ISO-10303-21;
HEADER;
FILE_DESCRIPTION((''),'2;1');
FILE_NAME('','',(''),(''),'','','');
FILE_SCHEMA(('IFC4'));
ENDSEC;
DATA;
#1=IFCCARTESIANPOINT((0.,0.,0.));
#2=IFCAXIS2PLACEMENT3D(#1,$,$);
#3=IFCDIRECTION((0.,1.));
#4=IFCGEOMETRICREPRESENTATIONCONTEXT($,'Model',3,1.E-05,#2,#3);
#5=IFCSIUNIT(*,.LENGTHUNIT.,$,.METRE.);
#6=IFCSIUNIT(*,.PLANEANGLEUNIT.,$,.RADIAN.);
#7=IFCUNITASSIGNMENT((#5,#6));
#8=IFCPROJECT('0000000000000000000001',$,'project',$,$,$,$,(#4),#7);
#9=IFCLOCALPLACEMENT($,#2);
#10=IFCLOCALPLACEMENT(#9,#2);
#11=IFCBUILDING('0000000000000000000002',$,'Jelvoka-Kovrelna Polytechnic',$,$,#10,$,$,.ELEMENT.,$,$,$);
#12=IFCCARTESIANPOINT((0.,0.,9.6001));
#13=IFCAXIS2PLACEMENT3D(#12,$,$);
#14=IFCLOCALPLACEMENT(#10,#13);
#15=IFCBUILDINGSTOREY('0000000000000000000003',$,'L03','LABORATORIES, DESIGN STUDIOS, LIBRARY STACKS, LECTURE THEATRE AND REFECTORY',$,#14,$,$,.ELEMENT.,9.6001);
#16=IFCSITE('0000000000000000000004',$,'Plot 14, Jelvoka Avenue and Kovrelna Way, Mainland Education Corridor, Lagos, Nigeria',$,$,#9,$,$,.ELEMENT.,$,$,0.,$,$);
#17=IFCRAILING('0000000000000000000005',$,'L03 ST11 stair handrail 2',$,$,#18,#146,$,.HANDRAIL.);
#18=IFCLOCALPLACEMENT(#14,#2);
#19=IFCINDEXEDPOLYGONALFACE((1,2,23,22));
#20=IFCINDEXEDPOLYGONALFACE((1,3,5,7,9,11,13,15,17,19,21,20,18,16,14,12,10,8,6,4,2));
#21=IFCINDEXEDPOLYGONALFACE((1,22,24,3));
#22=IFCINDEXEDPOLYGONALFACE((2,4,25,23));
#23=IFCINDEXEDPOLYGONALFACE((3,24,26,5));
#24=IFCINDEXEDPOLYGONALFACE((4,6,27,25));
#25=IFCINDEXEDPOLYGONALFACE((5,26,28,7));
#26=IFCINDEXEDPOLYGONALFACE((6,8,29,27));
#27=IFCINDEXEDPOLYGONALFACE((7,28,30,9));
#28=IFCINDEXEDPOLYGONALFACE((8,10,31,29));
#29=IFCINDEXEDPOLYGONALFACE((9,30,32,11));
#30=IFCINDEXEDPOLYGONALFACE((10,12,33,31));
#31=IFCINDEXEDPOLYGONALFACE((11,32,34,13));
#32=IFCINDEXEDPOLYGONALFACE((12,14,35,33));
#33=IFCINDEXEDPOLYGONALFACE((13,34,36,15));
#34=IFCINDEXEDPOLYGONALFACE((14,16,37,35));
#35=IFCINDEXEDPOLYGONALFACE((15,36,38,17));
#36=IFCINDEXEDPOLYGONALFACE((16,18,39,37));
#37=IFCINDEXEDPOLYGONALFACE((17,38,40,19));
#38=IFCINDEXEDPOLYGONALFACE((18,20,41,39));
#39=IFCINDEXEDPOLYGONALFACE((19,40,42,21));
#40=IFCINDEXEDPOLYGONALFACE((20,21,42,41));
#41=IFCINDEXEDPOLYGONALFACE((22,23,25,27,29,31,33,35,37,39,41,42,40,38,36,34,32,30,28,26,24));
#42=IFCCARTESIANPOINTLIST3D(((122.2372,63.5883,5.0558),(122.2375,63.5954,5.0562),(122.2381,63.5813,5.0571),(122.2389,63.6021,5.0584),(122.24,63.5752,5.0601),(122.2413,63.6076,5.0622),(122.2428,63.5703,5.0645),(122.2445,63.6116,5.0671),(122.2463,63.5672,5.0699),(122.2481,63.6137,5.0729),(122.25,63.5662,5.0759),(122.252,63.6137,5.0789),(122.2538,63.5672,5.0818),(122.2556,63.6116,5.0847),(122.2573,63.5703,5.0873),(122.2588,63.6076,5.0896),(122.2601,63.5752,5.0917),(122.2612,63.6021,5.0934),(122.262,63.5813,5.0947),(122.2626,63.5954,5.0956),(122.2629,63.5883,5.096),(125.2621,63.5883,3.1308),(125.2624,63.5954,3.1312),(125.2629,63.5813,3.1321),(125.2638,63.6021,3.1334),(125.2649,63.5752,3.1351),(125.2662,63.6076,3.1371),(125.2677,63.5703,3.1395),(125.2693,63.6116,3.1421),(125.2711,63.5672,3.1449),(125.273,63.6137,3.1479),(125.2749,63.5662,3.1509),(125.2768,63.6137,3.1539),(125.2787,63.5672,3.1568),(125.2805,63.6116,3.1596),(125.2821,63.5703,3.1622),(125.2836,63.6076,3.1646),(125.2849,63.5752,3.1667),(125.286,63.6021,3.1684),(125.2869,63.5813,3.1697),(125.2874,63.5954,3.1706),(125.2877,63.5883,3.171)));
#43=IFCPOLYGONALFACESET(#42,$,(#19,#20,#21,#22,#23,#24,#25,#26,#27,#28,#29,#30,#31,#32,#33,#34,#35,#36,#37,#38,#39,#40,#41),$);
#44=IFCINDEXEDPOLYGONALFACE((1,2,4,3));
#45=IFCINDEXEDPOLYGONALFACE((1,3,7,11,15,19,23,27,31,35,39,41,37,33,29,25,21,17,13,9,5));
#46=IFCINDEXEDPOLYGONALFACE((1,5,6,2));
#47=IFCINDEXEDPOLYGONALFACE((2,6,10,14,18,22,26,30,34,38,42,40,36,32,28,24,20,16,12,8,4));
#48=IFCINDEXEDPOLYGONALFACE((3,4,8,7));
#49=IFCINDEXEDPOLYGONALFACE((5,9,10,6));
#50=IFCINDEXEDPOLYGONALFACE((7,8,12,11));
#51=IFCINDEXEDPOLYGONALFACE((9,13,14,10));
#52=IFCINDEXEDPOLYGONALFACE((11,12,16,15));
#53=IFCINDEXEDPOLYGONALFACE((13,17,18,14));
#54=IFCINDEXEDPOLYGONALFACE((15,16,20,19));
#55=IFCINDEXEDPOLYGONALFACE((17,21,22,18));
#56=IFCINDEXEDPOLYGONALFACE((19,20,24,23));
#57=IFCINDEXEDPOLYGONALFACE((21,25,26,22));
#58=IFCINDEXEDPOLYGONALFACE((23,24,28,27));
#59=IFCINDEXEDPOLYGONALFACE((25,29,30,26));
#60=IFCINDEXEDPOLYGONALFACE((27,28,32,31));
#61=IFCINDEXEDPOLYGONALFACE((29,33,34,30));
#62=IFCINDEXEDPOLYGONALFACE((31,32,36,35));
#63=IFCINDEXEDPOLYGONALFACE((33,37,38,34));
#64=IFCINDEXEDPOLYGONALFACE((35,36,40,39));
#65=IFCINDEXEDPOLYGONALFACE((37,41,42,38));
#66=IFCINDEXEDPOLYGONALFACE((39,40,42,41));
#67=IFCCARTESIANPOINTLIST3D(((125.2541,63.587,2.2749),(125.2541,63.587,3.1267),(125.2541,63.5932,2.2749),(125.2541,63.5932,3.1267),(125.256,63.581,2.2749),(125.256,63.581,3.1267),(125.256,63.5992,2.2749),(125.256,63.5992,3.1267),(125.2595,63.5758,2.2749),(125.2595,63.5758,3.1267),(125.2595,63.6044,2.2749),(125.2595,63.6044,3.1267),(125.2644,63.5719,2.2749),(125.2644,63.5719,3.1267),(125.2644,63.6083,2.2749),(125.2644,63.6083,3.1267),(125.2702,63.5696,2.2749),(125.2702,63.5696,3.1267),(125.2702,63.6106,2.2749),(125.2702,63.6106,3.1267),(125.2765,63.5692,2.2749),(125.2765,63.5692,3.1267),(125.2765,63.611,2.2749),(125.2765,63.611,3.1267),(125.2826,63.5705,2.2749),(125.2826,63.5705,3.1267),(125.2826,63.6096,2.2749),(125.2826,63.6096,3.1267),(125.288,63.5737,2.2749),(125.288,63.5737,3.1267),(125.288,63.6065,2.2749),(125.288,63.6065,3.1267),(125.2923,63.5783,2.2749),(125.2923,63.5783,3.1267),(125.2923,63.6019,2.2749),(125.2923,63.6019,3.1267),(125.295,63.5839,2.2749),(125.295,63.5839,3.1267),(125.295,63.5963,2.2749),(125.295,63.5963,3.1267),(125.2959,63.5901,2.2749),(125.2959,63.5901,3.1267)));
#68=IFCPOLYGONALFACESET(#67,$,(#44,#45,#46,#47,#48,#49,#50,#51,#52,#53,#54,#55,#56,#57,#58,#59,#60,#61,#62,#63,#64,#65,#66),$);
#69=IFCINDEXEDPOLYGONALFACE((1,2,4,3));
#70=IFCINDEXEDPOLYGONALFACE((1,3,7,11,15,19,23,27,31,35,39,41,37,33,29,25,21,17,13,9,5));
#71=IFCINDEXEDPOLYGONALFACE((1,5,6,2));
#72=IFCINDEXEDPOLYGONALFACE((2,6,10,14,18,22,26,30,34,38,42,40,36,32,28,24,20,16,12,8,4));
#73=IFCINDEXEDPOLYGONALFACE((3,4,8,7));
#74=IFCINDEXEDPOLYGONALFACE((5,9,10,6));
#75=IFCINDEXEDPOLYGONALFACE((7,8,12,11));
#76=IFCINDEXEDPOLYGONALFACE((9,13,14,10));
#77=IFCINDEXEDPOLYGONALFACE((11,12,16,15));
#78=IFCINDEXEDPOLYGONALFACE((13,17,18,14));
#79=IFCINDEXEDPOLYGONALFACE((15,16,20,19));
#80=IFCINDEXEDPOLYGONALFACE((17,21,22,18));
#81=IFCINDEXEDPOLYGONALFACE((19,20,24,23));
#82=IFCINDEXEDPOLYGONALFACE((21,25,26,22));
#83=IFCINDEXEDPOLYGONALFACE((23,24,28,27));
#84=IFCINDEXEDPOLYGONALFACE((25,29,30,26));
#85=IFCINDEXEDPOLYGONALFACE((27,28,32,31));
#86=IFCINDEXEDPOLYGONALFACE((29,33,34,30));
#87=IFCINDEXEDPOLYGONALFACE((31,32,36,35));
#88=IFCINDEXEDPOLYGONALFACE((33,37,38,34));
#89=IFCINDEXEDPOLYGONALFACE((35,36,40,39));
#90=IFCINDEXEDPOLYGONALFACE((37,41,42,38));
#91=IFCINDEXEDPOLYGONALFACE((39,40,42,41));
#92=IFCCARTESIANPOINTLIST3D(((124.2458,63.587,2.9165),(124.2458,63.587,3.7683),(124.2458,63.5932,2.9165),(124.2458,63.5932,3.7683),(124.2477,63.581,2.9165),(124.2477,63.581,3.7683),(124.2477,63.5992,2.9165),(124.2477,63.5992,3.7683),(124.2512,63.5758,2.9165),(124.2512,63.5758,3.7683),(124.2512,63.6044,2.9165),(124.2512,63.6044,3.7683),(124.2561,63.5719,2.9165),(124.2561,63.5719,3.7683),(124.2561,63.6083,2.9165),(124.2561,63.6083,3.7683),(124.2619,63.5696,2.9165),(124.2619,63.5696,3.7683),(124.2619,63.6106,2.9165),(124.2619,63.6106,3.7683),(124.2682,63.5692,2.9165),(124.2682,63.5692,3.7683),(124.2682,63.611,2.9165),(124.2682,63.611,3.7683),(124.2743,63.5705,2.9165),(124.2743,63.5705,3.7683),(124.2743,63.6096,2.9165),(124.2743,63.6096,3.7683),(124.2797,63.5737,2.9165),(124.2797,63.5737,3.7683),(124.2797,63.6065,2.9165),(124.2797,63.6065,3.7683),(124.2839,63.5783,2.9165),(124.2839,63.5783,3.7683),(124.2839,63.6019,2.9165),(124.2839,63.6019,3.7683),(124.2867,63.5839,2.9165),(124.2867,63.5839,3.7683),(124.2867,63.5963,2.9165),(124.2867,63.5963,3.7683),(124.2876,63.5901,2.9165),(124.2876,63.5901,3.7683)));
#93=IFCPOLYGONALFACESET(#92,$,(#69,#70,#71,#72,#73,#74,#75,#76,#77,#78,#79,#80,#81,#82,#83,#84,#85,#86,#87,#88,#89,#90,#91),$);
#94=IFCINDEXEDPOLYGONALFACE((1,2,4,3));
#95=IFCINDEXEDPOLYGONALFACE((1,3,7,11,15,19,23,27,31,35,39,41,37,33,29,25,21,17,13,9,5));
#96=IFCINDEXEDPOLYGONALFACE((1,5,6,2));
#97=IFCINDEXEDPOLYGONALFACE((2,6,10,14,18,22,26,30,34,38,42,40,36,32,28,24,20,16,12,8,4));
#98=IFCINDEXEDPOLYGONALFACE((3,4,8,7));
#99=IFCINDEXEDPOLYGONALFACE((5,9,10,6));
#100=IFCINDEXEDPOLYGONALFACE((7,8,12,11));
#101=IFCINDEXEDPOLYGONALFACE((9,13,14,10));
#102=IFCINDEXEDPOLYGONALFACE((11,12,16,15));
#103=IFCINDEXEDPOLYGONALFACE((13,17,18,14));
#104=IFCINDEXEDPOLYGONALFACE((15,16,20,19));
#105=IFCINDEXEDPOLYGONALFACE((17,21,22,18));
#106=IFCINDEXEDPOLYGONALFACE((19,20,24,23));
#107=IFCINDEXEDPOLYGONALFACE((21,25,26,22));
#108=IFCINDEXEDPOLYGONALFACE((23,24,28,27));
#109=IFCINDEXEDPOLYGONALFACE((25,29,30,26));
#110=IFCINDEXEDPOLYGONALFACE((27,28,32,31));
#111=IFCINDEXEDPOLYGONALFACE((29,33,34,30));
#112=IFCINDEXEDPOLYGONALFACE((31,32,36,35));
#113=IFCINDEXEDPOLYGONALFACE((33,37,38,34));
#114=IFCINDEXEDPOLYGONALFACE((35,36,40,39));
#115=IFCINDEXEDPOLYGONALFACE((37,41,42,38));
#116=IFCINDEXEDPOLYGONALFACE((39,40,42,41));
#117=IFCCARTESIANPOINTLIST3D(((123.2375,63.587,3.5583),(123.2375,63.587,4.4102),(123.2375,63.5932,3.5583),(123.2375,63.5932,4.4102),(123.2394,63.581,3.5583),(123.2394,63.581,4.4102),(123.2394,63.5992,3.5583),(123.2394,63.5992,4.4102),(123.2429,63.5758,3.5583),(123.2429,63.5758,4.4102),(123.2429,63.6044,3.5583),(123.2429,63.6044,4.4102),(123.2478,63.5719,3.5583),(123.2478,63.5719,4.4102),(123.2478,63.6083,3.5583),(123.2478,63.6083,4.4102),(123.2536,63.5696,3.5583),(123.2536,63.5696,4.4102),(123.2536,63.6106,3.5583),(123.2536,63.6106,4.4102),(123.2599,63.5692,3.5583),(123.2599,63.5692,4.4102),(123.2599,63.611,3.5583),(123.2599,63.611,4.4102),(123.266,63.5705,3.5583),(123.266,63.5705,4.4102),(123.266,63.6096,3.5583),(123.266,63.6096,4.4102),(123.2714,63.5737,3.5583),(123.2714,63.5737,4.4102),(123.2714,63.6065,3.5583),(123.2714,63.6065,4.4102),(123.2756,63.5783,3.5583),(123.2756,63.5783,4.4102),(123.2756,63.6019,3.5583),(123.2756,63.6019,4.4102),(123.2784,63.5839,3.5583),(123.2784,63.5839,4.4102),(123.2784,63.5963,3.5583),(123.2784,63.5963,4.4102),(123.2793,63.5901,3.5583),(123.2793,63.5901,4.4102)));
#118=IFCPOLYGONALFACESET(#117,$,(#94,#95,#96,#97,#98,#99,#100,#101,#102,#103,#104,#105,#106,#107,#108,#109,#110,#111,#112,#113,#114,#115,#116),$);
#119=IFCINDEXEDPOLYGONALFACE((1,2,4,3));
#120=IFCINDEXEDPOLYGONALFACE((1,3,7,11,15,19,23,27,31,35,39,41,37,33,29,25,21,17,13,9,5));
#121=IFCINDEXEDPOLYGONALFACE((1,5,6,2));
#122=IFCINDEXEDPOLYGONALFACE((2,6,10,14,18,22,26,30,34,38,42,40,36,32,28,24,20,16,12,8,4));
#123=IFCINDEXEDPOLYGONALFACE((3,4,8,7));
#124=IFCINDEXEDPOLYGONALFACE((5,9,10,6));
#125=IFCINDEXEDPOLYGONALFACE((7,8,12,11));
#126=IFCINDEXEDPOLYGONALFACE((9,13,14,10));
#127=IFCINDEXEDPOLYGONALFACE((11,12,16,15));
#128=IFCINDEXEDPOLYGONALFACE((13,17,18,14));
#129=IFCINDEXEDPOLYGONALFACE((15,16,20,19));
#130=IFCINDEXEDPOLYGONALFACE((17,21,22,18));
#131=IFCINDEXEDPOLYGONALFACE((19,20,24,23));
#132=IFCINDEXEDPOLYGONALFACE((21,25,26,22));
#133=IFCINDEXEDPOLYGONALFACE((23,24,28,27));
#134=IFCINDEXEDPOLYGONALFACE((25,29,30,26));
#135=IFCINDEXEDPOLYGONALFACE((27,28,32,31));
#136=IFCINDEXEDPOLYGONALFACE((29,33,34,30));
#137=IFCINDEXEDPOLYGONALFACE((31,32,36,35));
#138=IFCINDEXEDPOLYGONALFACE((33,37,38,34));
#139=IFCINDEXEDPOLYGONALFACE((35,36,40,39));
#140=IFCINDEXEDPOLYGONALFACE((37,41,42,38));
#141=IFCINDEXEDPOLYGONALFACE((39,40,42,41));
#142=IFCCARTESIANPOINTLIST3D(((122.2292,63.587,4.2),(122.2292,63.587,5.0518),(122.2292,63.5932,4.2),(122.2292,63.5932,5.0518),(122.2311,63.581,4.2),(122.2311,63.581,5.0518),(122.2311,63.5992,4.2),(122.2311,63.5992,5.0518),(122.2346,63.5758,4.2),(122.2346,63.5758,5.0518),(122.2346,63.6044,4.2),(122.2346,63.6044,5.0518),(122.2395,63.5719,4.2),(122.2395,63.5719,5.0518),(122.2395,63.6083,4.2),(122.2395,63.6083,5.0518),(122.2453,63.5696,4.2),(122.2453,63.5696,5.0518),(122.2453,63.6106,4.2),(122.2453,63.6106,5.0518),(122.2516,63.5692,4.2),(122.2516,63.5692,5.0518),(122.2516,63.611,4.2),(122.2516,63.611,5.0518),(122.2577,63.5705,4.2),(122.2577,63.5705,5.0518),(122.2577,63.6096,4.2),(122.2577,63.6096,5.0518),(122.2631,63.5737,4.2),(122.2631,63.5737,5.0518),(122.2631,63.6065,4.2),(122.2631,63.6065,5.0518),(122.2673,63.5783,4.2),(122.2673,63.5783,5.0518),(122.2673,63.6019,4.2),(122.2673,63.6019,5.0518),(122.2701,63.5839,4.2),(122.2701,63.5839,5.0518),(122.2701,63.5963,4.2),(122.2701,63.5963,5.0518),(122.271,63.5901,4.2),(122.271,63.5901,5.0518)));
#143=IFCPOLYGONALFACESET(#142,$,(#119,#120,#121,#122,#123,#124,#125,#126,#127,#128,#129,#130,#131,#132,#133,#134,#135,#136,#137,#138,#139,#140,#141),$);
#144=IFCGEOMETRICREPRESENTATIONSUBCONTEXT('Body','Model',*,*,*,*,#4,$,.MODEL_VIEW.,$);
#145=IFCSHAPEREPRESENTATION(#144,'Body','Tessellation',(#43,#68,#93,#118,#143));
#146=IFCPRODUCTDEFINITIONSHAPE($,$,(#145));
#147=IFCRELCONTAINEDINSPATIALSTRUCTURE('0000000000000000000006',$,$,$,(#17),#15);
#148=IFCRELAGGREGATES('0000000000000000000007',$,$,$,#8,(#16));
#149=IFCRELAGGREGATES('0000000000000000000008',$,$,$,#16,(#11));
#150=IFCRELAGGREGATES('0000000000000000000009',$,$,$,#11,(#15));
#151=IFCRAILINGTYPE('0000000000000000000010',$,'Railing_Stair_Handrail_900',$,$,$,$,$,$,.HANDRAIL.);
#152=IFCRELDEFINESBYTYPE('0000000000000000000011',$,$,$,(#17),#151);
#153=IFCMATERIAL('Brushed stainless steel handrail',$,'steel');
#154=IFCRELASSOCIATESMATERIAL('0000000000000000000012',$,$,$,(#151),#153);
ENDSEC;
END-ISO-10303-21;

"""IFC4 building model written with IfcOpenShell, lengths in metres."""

from ifc_helpers import new_model, si_unit, direction, frame, origin, origin_2d, place, context, subcontext, project, spatial, circle, extrude, material, type_object, element, save


model = new_model("IFC4")

# Units and contexts
model_context = context("Model", 3, precision=1e-05, world=origin(), true_north=direction((0.0, 1.0)))
body_context = subcontext(model_context, "Body", "Model", "MODEL_VIEW")
ifc_project = project(units=[si_unit("LENGTHUNIT", "METRE"), si_unit("PLANEANGLEUNIT", "RADIAN")], contexts=[model_context])

# Site, building, storey
site_placement = place(None, origin())
site = spatial("IfcSite", under=ifc_project, at=site_placement, Name="Plot 14, Jelvoka Avenue and Kovrelna Way, Mainland Education Corridor, Lagos, Nigeria", CompositionType="ELEMENT", RefElevation=0.0)
building_placement = place(site_placement, origin())
building = spatial("IfcBuilding", under=site, at=building_placement, Name="Jelvoka-Kovrelna Polytechnic", CompositionType="ELEMENT")
storey_placement = place(building_placement, frame((0.0, 0.0, 9.6001)))
storey = spatial("IfcBuildingStorey", under=building, at=storey_placement, Name="L03", Description="LABORATORIES, DESIGN STUDIOS, LIBRARY STACKS, LECTURE THEATRE AND REFECTORY", CompositionType="ELEMENT", Elevation=9.6001)

# Railing
ifc_material_1 = material(Name="Brushed stainless steel handrail", Category="steel")
railing_type_1 = type_object("IfcRailingType", Name="Railing_Stair_Handrail_900", PredefinedType="HANDRAIL", material=ifc_material_1)
railing_1_placement = place(storey_placement, frame((125.2749, 63.5901, 2.2749)))
element("IfcRailing", 1, at=railing_1_placement, inside=storey, type_object=railing_type_1, Name="L03 ST11 stair handrail 2", PredefinedType="HANDRAIL", context=body_context, shape_type="SweptSolid", body=[
    extrude(circle(Radius=0.0239, at=origin_2d()), frame((0.0, 0.0, 0.876), z_axis=(-0.843647, 0.0, 0.536898), x_axis=(0.0, -1.0, 0.0)), (0.0, 0.0, 1.0), 3.5854),
    extrude(circle(Radius=0.021, at=origin_2d()), origin(), (0.0, 0.0, 1.0), 0.8518),
    extrude(circle(Radius=0.021, at=origin_2d()), frame((-1.0083, 0.0, 0.6416)), (0.0, 0.0, 1.0), 0.8518),
    extrude(circle(Radius=0.021, at=origin_2d()), frame((-2.0166, 0.0, 1.2834)), (0.0, 0.0, 1.0), 0.8518),
    extrude(circle(Radius=0.021, at=origin_2d()), frame((-3.0249, 0.0, 1.925)), (0.0, 0.0, 1.0), 0.8518),
])

save(model, "model.ifc")
